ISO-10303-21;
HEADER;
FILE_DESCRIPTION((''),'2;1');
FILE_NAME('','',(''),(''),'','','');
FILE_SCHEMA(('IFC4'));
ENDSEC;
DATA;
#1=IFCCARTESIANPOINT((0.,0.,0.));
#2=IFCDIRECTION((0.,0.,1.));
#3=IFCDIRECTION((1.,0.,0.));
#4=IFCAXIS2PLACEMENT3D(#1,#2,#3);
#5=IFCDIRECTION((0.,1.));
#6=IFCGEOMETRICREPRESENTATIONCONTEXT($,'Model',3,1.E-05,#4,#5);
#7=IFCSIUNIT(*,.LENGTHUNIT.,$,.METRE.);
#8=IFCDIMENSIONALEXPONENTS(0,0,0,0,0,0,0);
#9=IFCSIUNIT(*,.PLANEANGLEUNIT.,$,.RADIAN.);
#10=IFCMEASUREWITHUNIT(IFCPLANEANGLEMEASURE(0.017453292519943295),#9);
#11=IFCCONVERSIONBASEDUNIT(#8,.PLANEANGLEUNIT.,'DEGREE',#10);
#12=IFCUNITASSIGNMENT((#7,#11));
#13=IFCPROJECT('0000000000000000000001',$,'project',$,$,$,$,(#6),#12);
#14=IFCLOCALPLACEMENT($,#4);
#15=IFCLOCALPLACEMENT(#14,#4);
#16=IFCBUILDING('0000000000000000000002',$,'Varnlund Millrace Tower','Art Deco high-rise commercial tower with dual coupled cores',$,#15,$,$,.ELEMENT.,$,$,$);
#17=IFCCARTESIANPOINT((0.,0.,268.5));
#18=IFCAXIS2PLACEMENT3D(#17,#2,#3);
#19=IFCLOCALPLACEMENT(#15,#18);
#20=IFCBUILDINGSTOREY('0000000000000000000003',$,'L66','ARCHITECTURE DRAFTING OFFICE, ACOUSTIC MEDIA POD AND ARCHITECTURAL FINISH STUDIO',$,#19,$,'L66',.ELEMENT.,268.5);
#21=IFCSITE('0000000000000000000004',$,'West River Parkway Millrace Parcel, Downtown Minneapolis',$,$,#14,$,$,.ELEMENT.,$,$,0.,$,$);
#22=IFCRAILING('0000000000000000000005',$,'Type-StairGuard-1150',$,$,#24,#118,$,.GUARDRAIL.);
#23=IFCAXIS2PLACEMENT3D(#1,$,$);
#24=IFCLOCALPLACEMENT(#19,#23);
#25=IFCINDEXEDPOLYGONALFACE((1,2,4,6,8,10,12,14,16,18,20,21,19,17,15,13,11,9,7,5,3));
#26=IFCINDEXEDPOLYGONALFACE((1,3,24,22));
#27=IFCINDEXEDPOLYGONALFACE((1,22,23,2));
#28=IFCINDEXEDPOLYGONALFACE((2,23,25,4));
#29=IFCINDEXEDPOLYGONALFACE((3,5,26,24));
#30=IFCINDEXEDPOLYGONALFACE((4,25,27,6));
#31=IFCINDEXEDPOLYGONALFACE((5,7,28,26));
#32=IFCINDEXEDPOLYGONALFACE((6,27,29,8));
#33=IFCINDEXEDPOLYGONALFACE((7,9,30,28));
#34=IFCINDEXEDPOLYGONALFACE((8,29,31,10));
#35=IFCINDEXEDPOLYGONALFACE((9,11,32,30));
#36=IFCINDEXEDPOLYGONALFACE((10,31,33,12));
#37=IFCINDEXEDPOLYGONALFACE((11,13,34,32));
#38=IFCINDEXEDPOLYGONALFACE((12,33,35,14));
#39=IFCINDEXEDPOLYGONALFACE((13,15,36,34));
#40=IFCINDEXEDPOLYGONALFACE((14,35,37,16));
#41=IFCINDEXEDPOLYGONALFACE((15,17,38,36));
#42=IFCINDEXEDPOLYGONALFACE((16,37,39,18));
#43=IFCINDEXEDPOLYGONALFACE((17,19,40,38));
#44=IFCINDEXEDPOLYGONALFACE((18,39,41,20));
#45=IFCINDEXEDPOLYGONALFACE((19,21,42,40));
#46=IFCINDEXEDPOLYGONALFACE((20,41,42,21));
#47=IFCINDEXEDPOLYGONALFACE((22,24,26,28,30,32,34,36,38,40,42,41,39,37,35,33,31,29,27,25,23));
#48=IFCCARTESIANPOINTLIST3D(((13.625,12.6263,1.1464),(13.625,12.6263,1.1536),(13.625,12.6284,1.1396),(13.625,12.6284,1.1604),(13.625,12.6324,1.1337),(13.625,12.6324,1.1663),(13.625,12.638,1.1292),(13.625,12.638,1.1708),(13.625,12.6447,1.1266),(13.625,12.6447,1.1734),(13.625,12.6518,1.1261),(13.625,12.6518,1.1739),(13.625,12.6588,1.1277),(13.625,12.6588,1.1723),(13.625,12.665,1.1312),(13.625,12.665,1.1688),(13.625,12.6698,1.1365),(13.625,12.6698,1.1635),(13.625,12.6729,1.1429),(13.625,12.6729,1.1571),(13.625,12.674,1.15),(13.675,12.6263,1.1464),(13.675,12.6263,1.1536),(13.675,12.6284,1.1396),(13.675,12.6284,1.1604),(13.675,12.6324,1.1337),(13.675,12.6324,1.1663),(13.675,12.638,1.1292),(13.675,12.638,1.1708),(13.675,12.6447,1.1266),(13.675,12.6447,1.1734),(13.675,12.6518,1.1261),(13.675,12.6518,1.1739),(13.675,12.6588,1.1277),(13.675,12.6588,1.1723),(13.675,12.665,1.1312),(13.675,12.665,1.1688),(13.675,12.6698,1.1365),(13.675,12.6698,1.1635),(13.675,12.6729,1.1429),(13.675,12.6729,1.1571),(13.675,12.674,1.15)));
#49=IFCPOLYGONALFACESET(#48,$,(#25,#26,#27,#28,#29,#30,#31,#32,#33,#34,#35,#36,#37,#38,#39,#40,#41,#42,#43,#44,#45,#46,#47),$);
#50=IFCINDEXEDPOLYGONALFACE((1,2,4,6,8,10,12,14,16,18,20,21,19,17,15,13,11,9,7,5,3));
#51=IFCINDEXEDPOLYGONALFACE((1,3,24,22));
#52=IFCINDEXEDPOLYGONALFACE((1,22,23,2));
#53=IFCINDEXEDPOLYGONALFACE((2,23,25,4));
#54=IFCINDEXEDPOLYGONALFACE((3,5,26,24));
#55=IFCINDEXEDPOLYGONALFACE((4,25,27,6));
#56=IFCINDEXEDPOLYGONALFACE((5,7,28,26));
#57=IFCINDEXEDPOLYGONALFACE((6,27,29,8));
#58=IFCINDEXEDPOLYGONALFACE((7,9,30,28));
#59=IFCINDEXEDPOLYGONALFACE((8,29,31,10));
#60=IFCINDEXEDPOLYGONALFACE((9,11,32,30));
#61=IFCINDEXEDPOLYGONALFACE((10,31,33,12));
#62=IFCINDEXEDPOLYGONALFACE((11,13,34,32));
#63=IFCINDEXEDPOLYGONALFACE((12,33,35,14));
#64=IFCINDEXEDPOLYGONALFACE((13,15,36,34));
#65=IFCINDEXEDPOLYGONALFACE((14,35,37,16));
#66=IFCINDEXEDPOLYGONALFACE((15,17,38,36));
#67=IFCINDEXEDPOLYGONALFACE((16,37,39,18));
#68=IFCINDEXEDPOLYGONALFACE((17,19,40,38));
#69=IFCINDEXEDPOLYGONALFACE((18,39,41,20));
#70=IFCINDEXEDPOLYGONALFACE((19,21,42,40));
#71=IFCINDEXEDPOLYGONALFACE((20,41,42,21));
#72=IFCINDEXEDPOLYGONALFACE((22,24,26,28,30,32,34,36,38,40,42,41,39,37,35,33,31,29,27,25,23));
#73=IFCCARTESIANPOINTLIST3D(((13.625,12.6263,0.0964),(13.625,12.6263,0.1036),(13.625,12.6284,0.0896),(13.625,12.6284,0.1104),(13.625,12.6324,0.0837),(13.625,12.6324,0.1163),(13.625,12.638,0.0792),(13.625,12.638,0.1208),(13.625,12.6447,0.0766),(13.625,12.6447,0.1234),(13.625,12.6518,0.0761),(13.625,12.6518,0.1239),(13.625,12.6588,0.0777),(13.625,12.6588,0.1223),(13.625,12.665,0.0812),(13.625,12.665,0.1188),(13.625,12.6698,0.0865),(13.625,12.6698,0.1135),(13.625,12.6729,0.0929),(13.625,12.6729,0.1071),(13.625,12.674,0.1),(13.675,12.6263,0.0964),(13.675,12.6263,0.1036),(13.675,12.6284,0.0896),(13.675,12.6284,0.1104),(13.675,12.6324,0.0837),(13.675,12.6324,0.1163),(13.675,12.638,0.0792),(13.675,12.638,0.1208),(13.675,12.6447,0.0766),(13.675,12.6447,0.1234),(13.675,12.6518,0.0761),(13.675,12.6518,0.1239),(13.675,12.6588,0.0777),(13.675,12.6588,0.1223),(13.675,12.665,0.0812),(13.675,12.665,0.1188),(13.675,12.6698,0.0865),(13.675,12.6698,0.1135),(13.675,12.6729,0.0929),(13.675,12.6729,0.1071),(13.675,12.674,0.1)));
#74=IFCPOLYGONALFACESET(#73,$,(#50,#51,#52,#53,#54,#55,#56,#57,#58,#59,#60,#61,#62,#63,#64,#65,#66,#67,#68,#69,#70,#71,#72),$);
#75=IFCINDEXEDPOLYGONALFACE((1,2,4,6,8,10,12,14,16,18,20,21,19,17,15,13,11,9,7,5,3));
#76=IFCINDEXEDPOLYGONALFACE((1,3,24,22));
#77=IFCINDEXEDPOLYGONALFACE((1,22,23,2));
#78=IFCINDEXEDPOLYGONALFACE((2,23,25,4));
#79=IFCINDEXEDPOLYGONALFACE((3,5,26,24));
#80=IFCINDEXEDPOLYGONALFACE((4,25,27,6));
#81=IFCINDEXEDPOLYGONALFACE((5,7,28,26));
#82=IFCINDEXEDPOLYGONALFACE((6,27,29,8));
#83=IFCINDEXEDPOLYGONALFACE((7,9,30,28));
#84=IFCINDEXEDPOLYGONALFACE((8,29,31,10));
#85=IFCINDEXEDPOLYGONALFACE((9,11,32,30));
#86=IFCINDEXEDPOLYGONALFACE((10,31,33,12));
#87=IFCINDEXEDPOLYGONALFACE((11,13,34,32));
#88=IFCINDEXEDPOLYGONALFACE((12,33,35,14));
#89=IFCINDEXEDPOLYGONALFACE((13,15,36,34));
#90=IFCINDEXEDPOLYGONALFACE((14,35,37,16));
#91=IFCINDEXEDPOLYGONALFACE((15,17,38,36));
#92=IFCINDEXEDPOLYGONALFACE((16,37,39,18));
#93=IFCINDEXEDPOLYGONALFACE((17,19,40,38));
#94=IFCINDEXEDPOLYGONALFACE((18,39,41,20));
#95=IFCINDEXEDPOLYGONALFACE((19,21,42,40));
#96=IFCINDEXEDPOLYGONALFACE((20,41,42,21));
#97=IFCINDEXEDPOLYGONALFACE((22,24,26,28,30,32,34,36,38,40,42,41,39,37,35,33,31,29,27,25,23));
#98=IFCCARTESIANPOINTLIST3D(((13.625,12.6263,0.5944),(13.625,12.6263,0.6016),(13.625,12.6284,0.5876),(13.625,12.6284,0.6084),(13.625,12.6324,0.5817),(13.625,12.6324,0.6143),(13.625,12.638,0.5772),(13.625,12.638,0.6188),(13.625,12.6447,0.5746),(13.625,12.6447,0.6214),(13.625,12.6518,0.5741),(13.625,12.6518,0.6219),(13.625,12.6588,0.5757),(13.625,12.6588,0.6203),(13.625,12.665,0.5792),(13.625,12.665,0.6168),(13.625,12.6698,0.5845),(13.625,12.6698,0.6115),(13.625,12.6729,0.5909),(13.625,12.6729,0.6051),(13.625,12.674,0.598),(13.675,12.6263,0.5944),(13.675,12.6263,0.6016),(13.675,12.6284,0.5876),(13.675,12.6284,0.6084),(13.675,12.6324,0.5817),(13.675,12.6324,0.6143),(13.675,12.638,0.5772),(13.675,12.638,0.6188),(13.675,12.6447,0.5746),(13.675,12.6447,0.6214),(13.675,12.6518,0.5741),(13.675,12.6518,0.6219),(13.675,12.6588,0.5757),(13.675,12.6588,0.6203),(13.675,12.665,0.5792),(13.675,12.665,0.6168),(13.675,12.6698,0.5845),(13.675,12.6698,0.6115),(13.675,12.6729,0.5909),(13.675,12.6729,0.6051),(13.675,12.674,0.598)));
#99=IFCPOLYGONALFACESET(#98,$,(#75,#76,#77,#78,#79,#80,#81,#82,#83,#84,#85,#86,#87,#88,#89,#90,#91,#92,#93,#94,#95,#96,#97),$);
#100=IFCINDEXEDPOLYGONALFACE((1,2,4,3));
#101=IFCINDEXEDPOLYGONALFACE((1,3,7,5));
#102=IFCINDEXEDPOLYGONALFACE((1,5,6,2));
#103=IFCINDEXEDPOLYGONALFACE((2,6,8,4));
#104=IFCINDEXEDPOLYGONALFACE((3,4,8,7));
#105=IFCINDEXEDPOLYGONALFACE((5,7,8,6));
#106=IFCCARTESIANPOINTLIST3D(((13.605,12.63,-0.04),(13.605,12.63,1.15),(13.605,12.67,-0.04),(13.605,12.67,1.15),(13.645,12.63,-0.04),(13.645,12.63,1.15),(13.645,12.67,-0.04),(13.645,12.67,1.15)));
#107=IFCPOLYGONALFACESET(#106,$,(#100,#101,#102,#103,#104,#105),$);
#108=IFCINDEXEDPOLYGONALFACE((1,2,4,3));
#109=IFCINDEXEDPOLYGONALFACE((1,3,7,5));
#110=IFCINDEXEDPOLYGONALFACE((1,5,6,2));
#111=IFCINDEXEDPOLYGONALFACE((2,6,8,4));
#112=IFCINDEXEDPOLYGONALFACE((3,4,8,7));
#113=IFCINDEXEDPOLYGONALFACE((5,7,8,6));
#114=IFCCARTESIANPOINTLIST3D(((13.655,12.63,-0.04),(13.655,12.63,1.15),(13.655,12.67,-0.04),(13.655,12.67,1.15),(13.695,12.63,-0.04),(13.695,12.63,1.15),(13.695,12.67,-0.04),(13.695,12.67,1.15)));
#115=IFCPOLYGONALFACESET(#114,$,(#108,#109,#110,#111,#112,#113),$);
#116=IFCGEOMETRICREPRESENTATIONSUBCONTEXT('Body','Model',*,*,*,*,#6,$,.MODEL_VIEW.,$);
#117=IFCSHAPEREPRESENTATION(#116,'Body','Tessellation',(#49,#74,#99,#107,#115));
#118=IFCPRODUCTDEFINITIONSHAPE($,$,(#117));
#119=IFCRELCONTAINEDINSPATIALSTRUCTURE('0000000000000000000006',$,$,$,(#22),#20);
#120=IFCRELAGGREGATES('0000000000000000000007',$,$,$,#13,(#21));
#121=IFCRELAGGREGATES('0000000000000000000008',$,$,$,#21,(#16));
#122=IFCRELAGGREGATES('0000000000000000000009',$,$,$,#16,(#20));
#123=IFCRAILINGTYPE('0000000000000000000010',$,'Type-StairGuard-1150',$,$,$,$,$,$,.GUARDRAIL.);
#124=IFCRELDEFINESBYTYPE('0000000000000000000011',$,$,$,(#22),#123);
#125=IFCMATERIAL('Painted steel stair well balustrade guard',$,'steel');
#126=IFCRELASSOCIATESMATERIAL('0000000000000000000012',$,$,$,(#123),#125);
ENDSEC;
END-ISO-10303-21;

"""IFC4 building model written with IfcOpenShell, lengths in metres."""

from ifc_helpers import new_model, entity, si_unit, converted_unit, direction, frame, origin_with_axes, origin_2d_with_axis, place, context, subcontext, project, spatial, rectangle, circle, extrude, material, type_object, element, save


model = new_model("IFC4")

# Units and contexts
model_context = context("Model", 3, precision=1e-05, world=origin_with_axes(), true_north=direction((0.0, 1.0)))
body_context = subcontext(model_context, "Body", "Model", "MODEL_VIEW")
ifc_project = project(units=[si_unit("LENGTHUNIT", "METRE"), converted_unit("PLANEANGLEUNIT", "DEGREE", entity("IfcPlaneAngleMeasure", 0.017453292519943295), si_unit("PLANEANGLEUNIT", "RADIAN"), dimensions=[0, 0, 0, 0, 0, 0, 0])], contexts=[model_context])

# Site, building, storey
site_placement = place(None, origin_with_axes())
site = spatial("IfcSite", under=ifc_project, at=site_placement, Name="West River Parkway Millrace Parcel, Downtown Minneapolis", CompositionType="ELEMENT", RefElevation=0.0)
building_placement = place(site_placement, origin_with_axes())
building = spatial("IfcBuilding", under=site, at=building_placement, Name="Varnlund Millrace Tower", Description="Art Deco high-rise commercial tower with dual coupled cores", CompositionType="ELEMENT")
storey_placement = place(building_placement, frame((0.0, 0.0, 268.5), z_axis=(0.0, 0.0, 1.0), x_axis=(1.0, 0.0, 0.0)))
storey = spatial("IfcBuildingStorey", under=building, at=storey_placement, Name="L66", Description="ARCHITECTURE DRAFTING OFFICE, ACOUSTIC MEDIA POD AND ARCHITECTURAL FINISH STUDIO", LongName="L66", CompositionType="ELEMENT", Elevation=268.5)

# Railing
ifc_material_1 = material(Name="Painted steel stair well balustrade guard", Category="steel")
railing_type_1 = type_object("IfcRailingType", Name="Type-StairGuard-1150", PredefinedType="GUARDRAIL", material=ifc_material_1)
railing_1_placement = place(storey_placement, frame((0.0, 0.0, -268.5), z_axis=(0.0, 0.0, 1.0), x_axis=(1.0, 0.0, 0.0)))
element("IfcRailing", 1, at=railing_1_placement, inside=storey, type_object=railing_type_1, Name="Type-StairGuard-1150", PredefinedType="GUARDRAIL", context=body_context, shape_type="SweptSolid", body=[
    extrude(circle(Radius=0.024, at=origin_2d_with_axis()), frame((13.625, 12.65, 269.65), z_axis=(1.0, 0.0, 0.0), x_axis=(0.0, 1.0, 0.0)), (0.0, 0.0, 1.0), 0.05),
    extrude(circle(Radius=0.024, at=origin_2d_with_axis()), frame((13.625, 12.65, 268.6), z_axis=(1.0, 0.0, 0.0), x_axis=(0.0, 1.0, 0.0)), (0.0, 0.0, 1.0), 0.05),
    extrude(circle(Radius=0.024, at=origin_2d_with_axis()), frame((13.625, 12.65, 269.098), z_axis=(1.0, 0.0, 0.0), x_axis=(0.0, 1.0, 0.0)), (0.0, 0.0, 1.0), 0.05),
    extrude(rectangle(XDim=0.04, YDim=0.04, at=origin_2d_with_axis()), frame((13.625, 12.65, 268.46), z_axis=(0.0, 0.0, 1.0), x_axis=(1.0, 0.0, 0.0)), (0.0, 0.0, 1.0), 1.19),
    extrude(rectangle(XDim=0.04, YDim=0.04, at=origin_2d_with_axis()), frame((13.675, 12.65, 268.46), z_axis=(0.0, 0.0, 1.0), x_axis=(1.0, 0.0, 0.0)), (0.0, 0.0, 1.0), 1.19),
])

save(model, "model.ifc")
